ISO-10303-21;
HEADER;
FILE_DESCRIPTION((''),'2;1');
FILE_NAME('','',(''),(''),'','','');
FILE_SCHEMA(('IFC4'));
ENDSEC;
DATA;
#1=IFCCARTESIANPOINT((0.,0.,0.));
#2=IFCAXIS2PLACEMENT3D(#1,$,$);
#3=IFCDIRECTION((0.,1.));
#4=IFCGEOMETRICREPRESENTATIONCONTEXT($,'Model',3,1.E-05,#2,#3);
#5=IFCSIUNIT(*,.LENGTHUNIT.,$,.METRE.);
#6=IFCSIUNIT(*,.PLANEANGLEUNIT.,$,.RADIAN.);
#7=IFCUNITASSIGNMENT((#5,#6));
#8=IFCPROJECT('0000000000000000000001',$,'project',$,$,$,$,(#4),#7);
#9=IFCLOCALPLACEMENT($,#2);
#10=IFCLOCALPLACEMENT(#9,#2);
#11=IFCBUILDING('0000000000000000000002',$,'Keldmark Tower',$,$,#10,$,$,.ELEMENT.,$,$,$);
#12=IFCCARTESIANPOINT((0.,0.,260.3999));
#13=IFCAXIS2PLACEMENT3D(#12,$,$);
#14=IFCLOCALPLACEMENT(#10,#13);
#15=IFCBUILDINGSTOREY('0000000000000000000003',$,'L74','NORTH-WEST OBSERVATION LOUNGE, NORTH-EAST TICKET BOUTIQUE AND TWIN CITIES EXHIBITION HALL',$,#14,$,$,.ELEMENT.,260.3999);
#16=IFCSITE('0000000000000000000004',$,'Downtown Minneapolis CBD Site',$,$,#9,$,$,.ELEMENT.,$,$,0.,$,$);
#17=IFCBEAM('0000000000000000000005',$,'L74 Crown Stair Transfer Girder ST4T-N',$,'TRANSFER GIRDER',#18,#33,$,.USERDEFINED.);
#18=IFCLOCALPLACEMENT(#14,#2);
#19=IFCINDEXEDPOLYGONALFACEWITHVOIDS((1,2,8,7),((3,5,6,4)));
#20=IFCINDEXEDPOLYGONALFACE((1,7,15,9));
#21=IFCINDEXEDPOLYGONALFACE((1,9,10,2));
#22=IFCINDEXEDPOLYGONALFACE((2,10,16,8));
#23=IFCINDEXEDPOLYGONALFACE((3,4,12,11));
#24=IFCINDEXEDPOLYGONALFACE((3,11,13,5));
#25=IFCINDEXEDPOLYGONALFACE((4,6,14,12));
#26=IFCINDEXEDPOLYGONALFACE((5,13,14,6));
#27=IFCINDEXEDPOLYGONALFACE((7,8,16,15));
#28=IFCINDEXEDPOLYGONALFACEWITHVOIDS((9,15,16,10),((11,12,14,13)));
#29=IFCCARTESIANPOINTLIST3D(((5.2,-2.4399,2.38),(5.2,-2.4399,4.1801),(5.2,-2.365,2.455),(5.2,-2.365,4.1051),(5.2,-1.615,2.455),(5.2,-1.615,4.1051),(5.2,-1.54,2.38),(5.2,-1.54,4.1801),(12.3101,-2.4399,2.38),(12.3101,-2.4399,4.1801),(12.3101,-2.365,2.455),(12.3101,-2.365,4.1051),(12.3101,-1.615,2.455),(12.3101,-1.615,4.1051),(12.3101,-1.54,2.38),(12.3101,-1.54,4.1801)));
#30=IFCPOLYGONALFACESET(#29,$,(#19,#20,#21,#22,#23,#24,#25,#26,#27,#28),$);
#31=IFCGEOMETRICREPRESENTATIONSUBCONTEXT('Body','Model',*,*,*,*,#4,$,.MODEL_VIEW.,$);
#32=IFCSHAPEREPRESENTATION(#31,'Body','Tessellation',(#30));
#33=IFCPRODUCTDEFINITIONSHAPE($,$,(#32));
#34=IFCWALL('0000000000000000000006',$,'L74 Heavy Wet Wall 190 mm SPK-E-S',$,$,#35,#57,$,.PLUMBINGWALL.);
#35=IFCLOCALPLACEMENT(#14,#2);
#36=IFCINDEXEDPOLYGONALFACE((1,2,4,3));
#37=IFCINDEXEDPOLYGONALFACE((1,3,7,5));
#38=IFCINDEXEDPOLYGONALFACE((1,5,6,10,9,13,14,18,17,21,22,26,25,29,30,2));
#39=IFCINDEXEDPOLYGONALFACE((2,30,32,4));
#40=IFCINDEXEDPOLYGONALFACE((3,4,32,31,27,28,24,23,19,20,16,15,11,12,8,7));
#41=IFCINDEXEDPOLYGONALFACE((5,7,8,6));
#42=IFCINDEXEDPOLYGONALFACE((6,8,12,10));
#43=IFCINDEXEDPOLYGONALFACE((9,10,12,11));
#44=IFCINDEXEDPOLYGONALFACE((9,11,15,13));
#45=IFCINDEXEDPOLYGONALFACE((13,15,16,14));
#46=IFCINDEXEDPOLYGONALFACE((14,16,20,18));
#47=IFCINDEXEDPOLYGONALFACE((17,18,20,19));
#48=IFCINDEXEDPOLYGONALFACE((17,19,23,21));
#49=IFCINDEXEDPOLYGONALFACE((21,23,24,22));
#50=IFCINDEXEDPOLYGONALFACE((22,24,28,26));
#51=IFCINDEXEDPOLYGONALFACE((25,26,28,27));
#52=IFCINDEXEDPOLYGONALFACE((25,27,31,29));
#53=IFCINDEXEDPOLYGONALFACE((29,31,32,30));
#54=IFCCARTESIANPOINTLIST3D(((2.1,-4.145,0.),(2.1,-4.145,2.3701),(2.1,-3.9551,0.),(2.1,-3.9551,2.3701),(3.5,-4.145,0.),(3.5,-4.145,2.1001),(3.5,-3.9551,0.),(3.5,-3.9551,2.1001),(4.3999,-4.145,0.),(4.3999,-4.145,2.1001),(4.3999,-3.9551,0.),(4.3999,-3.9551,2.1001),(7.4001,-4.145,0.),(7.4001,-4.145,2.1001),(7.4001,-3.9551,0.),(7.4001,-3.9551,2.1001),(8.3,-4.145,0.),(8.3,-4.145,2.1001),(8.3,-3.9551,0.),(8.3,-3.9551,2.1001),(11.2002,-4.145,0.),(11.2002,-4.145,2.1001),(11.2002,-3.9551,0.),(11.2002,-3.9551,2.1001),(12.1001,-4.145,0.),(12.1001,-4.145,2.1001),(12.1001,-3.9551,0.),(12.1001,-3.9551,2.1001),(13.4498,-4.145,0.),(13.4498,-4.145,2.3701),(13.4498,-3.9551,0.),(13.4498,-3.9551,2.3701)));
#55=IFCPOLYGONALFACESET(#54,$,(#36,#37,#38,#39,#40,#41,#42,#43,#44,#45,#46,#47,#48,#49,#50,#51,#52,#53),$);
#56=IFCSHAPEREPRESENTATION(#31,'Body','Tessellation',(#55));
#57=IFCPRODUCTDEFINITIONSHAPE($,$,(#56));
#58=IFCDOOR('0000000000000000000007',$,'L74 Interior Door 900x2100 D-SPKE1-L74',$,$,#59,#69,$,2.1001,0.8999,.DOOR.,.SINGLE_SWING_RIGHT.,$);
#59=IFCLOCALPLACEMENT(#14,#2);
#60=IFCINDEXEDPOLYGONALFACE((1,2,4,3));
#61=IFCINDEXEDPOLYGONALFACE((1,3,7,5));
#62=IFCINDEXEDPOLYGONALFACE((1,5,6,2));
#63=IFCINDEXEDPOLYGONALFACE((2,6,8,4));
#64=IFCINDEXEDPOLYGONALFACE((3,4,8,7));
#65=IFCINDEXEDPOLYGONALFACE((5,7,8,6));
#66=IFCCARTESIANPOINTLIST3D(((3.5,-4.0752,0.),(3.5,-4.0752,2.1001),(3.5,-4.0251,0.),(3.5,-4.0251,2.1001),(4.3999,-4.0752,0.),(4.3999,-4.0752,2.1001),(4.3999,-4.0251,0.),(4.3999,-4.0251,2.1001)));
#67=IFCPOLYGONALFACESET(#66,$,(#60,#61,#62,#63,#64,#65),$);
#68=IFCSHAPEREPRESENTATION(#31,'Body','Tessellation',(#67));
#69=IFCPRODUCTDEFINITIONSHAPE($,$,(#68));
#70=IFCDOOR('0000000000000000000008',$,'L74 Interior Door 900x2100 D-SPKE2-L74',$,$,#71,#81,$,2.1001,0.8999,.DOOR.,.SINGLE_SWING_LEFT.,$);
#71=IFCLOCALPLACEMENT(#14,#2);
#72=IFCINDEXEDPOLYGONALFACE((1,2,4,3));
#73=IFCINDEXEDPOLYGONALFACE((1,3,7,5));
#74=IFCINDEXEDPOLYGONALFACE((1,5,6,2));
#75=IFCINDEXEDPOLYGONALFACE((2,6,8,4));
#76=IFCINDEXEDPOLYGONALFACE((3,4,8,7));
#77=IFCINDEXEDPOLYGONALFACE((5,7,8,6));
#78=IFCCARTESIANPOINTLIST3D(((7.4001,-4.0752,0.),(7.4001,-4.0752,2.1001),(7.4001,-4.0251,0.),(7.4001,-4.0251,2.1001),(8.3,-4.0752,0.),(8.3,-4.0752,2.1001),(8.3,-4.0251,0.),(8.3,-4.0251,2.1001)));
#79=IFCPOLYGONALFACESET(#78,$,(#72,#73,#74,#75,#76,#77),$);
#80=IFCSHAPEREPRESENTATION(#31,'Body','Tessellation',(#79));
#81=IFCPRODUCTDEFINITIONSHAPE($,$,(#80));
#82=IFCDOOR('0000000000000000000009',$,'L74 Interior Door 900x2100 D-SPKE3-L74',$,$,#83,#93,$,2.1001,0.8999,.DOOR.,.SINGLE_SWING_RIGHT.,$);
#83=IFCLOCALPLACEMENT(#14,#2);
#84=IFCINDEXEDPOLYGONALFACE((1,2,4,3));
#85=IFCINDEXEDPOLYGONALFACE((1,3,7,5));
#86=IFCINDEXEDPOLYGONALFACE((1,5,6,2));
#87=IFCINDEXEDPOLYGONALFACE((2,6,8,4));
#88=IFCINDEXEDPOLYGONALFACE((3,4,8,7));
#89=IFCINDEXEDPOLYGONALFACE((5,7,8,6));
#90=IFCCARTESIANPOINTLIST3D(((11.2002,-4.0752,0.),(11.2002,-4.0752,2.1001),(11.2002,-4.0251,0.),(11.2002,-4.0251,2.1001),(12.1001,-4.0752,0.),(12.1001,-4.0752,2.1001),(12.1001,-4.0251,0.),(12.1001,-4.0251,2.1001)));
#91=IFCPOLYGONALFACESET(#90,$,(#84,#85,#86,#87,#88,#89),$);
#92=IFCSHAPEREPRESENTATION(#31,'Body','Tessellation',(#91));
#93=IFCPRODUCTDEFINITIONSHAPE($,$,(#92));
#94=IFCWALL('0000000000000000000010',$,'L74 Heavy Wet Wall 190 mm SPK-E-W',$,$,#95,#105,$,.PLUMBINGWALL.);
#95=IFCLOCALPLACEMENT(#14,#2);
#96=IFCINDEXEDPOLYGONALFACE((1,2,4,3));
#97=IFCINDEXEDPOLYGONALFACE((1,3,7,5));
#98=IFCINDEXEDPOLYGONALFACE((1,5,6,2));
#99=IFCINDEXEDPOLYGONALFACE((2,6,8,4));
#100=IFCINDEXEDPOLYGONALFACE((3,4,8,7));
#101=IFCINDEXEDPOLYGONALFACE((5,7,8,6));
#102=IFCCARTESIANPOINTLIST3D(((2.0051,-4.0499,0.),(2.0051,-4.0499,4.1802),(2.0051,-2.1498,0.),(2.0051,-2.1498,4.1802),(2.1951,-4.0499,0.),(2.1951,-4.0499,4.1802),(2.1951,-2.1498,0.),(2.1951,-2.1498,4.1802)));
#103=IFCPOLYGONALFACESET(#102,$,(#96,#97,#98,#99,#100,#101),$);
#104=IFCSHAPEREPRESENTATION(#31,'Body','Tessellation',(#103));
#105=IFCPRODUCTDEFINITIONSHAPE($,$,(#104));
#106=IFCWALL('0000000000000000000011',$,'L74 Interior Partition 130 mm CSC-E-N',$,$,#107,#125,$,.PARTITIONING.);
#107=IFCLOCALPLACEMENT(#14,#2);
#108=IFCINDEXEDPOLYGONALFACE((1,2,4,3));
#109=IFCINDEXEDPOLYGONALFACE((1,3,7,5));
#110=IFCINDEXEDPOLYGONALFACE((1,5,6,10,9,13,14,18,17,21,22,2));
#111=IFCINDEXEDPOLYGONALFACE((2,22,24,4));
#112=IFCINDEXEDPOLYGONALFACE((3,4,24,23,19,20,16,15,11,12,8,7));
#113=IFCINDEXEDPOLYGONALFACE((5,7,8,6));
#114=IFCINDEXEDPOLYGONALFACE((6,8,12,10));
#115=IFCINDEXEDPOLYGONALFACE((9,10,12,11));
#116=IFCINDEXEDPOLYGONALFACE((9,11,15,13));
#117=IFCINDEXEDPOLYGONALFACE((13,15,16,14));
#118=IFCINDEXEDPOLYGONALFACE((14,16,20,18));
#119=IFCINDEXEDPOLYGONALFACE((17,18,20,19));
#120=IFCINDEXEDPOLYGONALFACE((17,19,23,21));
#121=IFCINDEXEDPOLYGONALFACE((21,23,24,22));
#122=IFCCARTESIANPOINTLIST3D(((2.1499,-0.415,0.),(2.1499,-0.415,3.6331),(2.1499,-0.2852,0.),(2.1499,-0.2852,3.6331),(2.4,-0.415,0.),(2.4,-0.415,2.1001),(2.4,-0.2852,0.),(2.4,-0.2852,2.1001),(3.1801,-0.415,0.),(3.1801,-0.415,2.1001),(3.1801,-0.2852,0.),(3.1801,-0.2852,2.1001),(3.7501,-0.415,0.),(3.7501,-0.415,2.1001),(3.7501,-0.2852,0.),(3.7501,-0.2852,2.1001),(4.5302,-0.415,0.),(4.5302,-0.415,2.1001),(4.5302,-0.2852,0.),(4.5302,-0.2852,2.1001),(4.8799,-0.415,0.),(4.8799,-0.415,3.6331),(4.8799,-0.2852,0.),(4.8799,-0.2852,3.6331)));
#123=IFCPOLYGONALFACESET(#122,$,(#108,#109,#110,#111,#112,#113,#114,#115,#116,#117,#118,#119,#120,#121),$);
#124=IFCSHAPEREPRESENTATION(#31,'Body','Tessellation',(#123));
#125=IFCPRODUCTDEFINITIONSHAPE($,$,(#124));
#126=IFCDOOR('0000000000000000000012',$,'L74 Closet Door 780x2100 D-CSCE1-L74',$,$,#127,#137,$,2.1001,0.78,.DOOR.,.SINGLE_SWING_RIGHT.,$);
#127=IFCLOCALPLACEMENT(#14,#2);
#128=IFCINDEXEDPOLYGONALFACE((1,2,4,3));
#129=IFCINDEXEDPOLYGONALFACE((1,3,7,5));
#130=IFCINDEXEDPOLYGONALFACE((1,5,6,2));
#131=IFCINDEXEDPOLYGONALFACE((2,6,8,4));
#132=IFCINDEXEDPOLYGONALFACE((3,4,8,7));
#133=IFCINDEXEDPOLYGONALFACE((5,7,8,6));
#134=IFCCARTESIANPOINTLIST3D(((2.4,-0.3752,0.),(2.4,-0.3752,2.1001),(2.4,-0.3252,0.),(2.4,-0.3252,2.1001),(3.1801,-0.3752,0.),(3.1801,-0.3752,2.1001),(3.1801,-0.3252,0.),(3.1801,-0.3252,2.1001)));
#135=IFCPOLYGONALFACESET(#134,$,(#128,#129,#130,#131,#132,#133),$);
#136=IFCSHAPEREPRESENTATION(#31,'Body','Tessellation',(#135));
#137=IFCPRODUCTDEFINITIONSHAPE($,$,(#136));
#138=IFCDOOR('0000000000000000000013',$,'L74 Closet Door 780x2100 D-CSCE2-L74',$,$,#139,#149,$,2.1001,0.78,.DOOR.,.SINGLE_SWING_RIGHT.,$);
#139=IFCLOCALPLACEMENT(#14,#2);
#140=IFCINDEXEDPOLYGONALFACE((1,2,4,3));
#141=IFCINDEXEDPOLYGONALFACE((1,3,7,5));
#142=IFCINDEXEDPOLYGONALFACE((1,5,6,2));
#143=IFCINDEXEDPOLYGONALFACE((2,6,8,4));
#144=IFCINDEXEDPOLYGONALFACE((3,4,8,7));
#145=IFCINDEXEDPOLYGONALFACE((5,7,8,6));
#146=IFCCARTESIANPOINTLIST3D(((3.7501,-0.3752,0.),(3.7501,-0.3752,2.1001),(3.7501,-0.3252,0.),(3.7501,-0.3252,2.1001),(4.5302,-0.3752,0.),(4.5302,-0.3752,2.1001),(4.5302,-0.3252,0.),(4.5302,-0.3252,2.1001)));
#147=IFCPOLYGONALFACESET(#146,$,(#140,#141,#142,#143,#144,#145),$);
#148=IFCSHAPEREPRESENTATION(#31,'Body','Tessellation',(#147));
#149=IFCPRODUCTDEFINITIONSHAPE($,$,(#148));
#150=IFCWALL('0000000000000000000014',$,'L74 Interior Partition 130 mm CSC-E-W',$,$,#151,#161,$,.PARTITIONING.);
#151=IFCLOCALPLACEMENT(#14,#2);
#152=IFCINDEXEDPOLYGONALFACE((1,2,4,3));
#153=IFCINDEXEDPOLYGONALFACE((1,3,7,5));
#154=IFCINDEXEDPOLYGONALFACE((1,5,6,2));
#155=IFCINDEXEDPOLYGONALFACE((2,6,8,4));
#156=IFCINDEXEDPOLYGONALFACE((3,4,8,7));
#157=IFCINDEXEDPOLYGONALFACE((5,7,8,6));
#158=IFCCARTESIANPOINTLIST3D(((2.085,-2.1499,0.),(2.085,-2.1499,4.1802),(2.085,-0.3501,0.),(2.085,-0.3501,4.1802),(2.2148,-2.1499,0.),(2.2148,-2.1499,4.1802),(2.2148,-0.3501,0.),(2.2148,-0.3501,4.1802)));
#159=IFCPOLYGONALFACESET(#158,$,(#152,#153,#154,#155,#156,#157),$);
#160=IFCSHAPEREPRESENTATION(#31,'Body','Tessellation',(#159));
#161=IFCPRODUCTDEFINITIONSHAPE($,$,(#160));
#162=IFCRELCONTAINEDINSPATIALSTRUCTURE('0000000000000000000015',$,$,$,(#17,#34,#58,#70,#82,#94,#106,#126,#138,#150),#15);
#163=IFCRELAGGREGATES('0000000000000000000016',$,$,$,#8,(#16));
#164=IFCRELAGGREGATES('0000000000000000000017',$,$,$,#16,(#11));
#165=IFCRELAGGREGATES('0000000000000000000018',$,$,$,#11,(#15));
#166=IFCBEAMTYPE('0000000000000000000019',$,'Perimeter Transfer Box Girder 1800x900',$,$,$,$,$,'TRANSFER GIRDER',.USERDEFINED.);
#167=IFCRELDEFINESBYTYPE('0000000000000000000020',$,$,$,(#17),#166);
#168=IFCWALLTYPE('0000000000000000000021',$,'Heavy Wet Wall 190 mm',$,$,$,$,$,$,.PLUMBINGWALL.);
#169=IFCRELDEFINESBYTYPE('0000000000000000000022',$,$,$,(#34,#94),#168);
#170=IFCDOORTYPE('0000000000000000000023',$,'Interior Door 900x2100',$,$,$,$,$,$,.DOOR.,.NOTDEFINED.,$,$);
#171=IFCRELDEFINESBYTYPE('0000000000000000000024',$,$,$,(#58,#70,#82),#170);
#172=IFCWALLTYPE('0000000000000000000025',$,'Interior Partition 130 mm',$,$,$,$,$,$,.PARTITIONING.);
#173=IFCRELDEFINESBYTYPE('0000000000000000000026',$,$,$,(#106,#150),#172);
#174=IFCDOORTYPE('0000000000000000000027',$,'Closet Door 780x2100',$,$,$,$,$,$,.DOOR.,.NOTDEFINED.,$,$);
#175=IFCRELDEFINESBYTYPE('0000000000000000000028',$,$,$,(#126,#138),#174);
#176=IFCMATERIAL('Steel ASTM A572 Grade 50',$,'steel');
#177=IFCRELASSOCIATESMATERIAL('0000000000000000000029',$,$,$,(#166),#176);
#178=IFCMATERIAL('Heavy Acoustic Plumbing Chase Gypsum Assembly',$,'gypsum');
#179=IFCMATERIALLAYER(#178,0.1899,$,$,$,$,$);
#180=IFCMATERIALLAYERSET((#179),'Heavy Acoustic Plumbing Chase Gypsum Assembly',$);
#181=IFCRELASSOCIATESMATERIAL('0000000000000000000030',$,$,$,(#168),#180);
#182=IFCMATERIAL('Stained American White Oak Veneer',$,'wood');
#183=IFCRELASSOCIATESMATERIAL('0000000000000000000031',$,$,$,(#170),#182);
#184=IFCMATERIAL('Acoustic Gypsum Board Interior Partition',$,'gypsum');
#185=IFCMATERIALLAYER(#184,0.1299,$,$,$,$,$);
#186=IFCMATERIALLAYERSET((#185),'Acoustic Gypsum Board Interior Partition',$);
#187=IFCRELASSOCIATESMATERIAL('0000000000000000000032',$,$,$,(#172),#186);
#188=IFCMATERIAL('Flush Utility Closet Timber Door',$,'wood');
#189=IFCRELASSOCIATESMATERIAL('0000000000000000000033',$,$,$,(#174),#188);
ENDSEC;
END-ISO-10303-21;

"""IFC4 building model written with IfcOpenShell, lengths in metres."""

from ifc_helpers import new_model, si_unit, direction, frame, frame_2d, origin, origin_2d, place, context, subcontext, project, spatial, rectangle, hollow_rectangle, extrude, material, layer, layer_set, material_profile, profile_set, type_object, element, fill, save


model = new_model("IFC4")

# Units and contexts
model_context = context("Model", 3, precision=1e-05, world=origin(), true_north=direction((0.0, 1.0)))
body_context = subcontext(model_context, "Body", "Model", "MODEL_VIEW")
ifc_project = project(units=[si_unit("LENGTHUNIT", "METRE"), si_unit("PLANEANGLEUNIT", "RADIAN")], contexts=[model_context])

# Site, building, storey
site_placement = place(None, origin())
site = spatial("IfcSite", under=ifc_project, at=site_placement, Name="Downtown Minneapolis CBD Site", CompositionType="ELEMENT", RefElevation=0.0)
building_placement = place(site_placement, origin())
building = spatial("IfcBuilding", under=site, at=building_placement, Name="Keldmark Tower", CompositionType="ELEMENT")
storey_placement = place(building_placement, frame((0.0, 0.0, 260.3999)))
storey = spatial("IfcBuildingStorey", under=building, at=storey_placement, Name="L74", Description="NORTH-WEST OBSERVATION LOUNGE, NORTH-EAST TICKET BOUTIQUE AND TWIN CITIES EXHIBITION HALL", CompositionType="ELEMENT", Elevation=260.3999)

# Beam
ifc_material_1 = material(Name="Steel ASTM A572 Grade 50", Category="steel")
ifc_material_profile = material_profile(ifc_material_1, hollow_rectangle(XDim=0.8999, YDim=1.8, WallThickness=0.075, at=origin_2d()), Name="TBOX1800X900X75")
ifc_profile_set = profile_set([ifc_material_profile], Name="Steel ASTM A572 Grade 50")
beam_type = type_object("IfcBeamType", Name="Perimeter Transfer Box Girder 1800x900", ElementType="TRANSFER GIRDER", PredefinedType="USERDEFINED", material=ifc_profile_set)
beam_placement = place(storey_placement, frame((5.2, -1.99, 3.28), z_axis=(1.0, 0.0, 0.0), x_axis=(0.0, 1.0, 0.0)))
element("IfcBeam", 1, at=beam_placement, inside=storey, type_object=beam_type, Name="L74 Crown Stair Transfer Girder ST4T-N", ObjectType="TRANSFER GIRDER", PredefinedType="USERDEFINED", context=body_context, shape_type="SweptSolid", body=[
    extrude(hollow_rectangle(XDim=0.8999, YDim=1.8, WallThickness=0.075, at=origin_2d()), origin(), (0.0, 0.0, 1.0), 7.1101),
])

# Wall, openings, doors
ifc_material_2 = material(Name="Heavy Acoustic Plumbing Chase Gypsum Assembly", Category="gypsum")
ifc_layer_1 = layer(ifc_material_2, 0.1899)
ifc_layer_set_1 = layer_set([ifc_layer_1], Name="Heavy Acoustic Plumbing Chase Gypsum Assembly")
wall_type_1 = type_object("IfcWallType", Name="Heavy Wet Wall 190 mm", PredefinedType="PLUMBINGWALL", material=ifc_layer_set_1)
wall_1_placement = place(storey_placement, frame((2.1001, -4.05, 0.0), z_axis=(0.0, 0.0, 1.0), x_axis=(1.0, 0.0, 0.0)))
wall_1 = element("IfcWall", 2, at=wall_1_placement, inside=storey, type_object=wall_type_1, Name="L74 Heavy Wet Wall 190 mm SPK-E-S", PredefinedType="PLUMBINGWALL", context=body_context, shape_type="SweptSolid", body=[
    extrude(rectangle(XDim=11.3499, YDim=0.1899, at=frame_2d((5.6748, 0.0))), origin(), (0.0, 0.0, 1.0), 2.3701),
])
opening_1_placement = place(wall_1_placement, frame((1.3999, 0.0, 0.0)))
opening_1 = element("IfcOpeningElement", 3, at=opening_1_placement, cuts=wall_1, PredefinedType="OPENING", context=body_context, shape_type="SweptSolid", body=[
    extrude(rectangle(XDim=0.8999, YDim=2.1001, at=frame_2d((0.45, 1.05))), frame((0.0, 0.105, 0.0), z_axis=(0.0, -1.0, 0.0), x_axis=(1.0, 0.0, 0.0)), (0.0, 0.0, 1.0), 0.21),
])
opening_2_placement = place(wall_1_placement, frame((5.3, 0.0, 0.0)))
opening_2 = element("IfcOpeningElement", 4, at=opening_2_placement, cuts=wall_1, PredefinedType="OPENING", context=body_context, shape_type="SweptSolid", body=[
    extrude(rectangle(XDim=0.8999, YDim=2.1001, at=frame_2d((0.45, 1.05))), frame((0.0, 0.105, 0.0), z_axis=(0.0, -1.0, 0.0), x_axis=(1.0, 0.0, 0.0)), (0.0, 0.0, 1.0), 0.21),
])
opening_3_placement = place(wall_1_placement, frame((9.1001, 0.0, 0.0)))
opening_3 = element("IfcOpeningElement", 5, at=opening_3_placement, cuts=wall_1, PredefinedType="OPENING", context=body_context, shape_type="SweptSolid", body=[
    extrude(rectangle(XDim=0.8999, YDim=2.1001, at=frame_2d((0.45, 1.05))), frame((0.0, 0.105, 0.0), z_axis=(0.0, -1.0, 0.0), x_axis=(1.0, 0.0, 0.0)), (0.0, 0.0, 1.0), 0.21),
])
ifc_material_3 = material(Name="Stained American White Oak Veneer", Category="wood")
door_type_1 = type_object("IfcDoorType", Name="Interior Door 900x2100", OperationType="NOTDEFINED", PredefinedType="DOOR", material=ifc_material_3)
door_1_placement = place(opening_1_placement, origin())
door_1 = element("IfcDoor", 6, at=door_1_placement, inside=storey, type_object=door_type_1, Name="L74 Interior Door 900x2100 D-SPKE1-L74", OperationType="SINGLE_SWING_RIGHT", OverallHeight=2.1001, OverallWidth=0.8999, PredefinedType="DOOR", context=body_context, shape_type="SweptSolid", body=[
    extrude(rectangle(XDim=0.8999, YDim=2.1001, at=frame_2d((0.45, 1.05))), frame((0.0, 0.0249, 0.0), z_axis=(0.0, -1.0, 0.0), x_axis=(1.0, 0.0, 0.0)), (0.0, 0.0, 1.0), 0.05),
])
fill(opening_1, door_1)
door_2_placement = place(opening_2_placement, origin())
door_2 = element("IfcDoor", 7, at=door_2_placement, inside=storey, type_object=door_type_1, Name="L74 Interior Door 900x2100 D-SPKE2-L74", OperationType="SINGLE_SWING_LEFT", OverallHeight=2.1001, OverallWidth=0.8999, PredefinedType="DOOR", context=body_context, shape_type="SweptSolid", body=[
    extrude(rectangle(XDim=0.8999, YDim=2.1001, at=frame_2d((0.45, 1.05))), frame((0.0, 0.0249, 0.0), z_axis=(0.0, -1.0, 0.0), x_axis=(1.0, 0.0, 0.0)), (0.0, 0.0, 1.0), 0.05),
])
fill(opening_2, door_2)
door_3_placement = place(opening_3_placement, origin())
door_3 = element("IfcDoor", 8, at=door_3_placement, inside=storey, type_object=door_type_1, Name="L74 Interior Door 900x2100 D-SPKE3-L74", OperationType="SINGLE_SWING_RIGHT", OverallHeight=2.1001, OverallWidth=0.8999, PredefinedType="DOOR", context=body_context, shape_type="SweptSolid", body=[
    extrude(rectangle(XDim=0.8999, YDim=2.1001, at=frame_2d((0.45, 1.05))), frame((0.0, 0.0249, 0.0), z_axis=(0.0, -1.0, 0.0), x_axis=(1.0, 0.0, 0.0)), (0.0, 0.0, 1.0), 0.05),
])
fill(opening_3, door_3)

# Wall
wall_2_placement = place(storey_placement, frame((2.1001, -4.05, 0.0), z_axis=(0.0, 0.0, 1.0), x_axis=(0.0, 1.0, 0.0)))
element("IfcWall", 9, at=wall_2_placement, inside=storey, type_object=wall_type_1, Name="L74 Heavy Wet Wall 190 mm SPK-E-W", PredefinedType="PLUMBINGWALL", context=body_context, shape_type="SweptSolid", body=[
    extrude(rectangle(XDim=1.9001, YDim=0.1899, at=frame_2d((0.9502, 0.0))), origin(), (0.0, 0.0, 1.0), 4.1802),
])

# Wall, openings, doors
ifc_material_4 = material(Name="Acoustic Gypsum Board Interior Partition", Category="gypsum")
ifc_layer_2 = layer(ifc_material_4, 0.1299)
ifc_layer_set_2 = layer_set([ifc_layer_2], Name="Acoustic Gypsum Board Interior Partition")
wall_type_2 = type_object("IfcWallType", Name="Interior Partition 130 mm", PredefinedType="PARTITIONING", material=ifc_layer_set_2)
wall_3_placement = place(storey_placement, frame((2.1499, -0.3501, 0.0), z_axis=(0.0, 0.0, 1.0), x_axis=(1.0, 0.0, 0.0)))
wall_3 = element("IfcWall", 10, at=wall_3_placement, inside=storey, type_object=wall_type_2, Name="L74 Interior Partition 130 mm CSC-E-N", PredefinedType="PARTITIONING", context=body_context, shape_type="SweptSolid", body=[
    extrude(rectangle(XDim=2.73, YDim=0.1299, at=frame_2d((1.365, 0.0))), origin(), (0.0, 0.0, 1.0), 3.6331),
])
opening_4_placement = place(wall_3_placement, frame((0.25, 0.0, 0.0)))
opening_4 = element("IfcOpeningElement", 11, at=opening_4_placement, cuts=wall_3, PredefinedType="OPENING", context=body_context, shape_type="SweptSolid", body=[
    extrude(rectangle(XDim=0.78, YDim=2.1001, at=frame_2d((0.3901, 1.05))), frame((0.0, 0.075, 0.0), z_axis=(0.0, -1.0, 0.0), x_axis=(1.0, 0.0, 0.0)), (0.0, 0.0, 1.0), 0.1499),
])
opening_5_placement = place(wall_3_placement, frame((1.6001, 0.0, 0.0)))
opening_5 = element("IfcOpeningElement", 12, at=opening_5_placement, cuts=wall_3, PredefinedType="OPENING", context=body_context, shape_type="SweptSolid", body=[
    extrude(rectangle(XDim=0.78, YDim=2.1001, at=frame_2d((0.3901, 1.05))), frame((0.0, 0.075, 0.0), z_axis=(0.0, -1.0, 0.0), x_axis=(1.0, 0.0, 0.0)), (0.0, 0.0, 1.0), 0.1499),
])
ifc_material_5 = material(Name="Flush Utility Closet Timber Door", Category="wood")
door_type_2 = type_object("IfcDoorType", Name="Closet Door 780x2100", OperationType="NOTDEFINED", PredefinedType="DOOR", material=ifc_material_5)
door_4_placement = place(opening_4_placement, origin())
door_4 = element("IfcDoor", 13, at=door_4_placement, inside=storey, type_object=door_type_2, Name="L74 Closet Door 780x2100 D-CSCE1-L74", OperationType="SINGLE_SWING_RIGHT", OverallHeight=2.1001, OverallWidth=0.78, PredefinedType="DOOR", context=body_context, shape_type="SweptSolid", body=[
    extrude(rectangle(XDim=0.78, YDim=2.1001, at=frame_2d((0.3901, 1.05))), frame((0.0, 0.0249, 0.0), z_axis=(0.0, -1.0, 0.0), x_axis=(1.0, 0.0, 0.0)), (0.0, 0.0, 1.0), 0.05),
])
fill(opening_4, door_4)
door_5_placement = place(opening_5_placement, origin())
door_5 = element("IfcDoor", 14, at=door_5_placement, inside=storey, type_object=door_type_2, Name="L74 Closet Door 780x2100 D-CSCE2-L74", OperationType="SINGLE_SWING_RIGHT", OverallHeight=2.1001, OverallWidth=0.78, PredefinedType="DOOR", context=body_context, shape_type="SweptSolid", body=[
    extrude(rectangle(XDim=0.78, YDim=2.1001, at=frame_2d((0.3901, 1.05))), frame((0.0, 0.0249, 0.0), z_axis=(0.0, -1.0, 0.0), x_axis=(1.0, 0.0, 0.0)), (0.0, 0.0, 1.0), 0.05),
])
fill(opening_5, door_5)

# Wall
for number, where, z_axis, x_axis, name in (
    (15, (2.1499, -2.1499, 0.0), (0.0, 0.0, 1.0), (0.0, 1.0, 0.0), "L74 Interior Partition 130 mm CSC-E-W"),
):
    element("IfcWall", number, at=place(storey_placement, frame(where, z_axis=z_axis, x_axis=x_axis)), inside=storey, type_object=wall_type_2, Name=name, PredefinedType="PARTITIONING", context=body_context, shape_type="SweptSolid", body=[
        extrude(rectangle(XDim=1.7998, YDim=0.1299, at=frame_2d((0.8999, 0.0))), origin(), (0.0, 0.0, 1.0), 4.1802),
    ])

save(model, "model.ifc")
